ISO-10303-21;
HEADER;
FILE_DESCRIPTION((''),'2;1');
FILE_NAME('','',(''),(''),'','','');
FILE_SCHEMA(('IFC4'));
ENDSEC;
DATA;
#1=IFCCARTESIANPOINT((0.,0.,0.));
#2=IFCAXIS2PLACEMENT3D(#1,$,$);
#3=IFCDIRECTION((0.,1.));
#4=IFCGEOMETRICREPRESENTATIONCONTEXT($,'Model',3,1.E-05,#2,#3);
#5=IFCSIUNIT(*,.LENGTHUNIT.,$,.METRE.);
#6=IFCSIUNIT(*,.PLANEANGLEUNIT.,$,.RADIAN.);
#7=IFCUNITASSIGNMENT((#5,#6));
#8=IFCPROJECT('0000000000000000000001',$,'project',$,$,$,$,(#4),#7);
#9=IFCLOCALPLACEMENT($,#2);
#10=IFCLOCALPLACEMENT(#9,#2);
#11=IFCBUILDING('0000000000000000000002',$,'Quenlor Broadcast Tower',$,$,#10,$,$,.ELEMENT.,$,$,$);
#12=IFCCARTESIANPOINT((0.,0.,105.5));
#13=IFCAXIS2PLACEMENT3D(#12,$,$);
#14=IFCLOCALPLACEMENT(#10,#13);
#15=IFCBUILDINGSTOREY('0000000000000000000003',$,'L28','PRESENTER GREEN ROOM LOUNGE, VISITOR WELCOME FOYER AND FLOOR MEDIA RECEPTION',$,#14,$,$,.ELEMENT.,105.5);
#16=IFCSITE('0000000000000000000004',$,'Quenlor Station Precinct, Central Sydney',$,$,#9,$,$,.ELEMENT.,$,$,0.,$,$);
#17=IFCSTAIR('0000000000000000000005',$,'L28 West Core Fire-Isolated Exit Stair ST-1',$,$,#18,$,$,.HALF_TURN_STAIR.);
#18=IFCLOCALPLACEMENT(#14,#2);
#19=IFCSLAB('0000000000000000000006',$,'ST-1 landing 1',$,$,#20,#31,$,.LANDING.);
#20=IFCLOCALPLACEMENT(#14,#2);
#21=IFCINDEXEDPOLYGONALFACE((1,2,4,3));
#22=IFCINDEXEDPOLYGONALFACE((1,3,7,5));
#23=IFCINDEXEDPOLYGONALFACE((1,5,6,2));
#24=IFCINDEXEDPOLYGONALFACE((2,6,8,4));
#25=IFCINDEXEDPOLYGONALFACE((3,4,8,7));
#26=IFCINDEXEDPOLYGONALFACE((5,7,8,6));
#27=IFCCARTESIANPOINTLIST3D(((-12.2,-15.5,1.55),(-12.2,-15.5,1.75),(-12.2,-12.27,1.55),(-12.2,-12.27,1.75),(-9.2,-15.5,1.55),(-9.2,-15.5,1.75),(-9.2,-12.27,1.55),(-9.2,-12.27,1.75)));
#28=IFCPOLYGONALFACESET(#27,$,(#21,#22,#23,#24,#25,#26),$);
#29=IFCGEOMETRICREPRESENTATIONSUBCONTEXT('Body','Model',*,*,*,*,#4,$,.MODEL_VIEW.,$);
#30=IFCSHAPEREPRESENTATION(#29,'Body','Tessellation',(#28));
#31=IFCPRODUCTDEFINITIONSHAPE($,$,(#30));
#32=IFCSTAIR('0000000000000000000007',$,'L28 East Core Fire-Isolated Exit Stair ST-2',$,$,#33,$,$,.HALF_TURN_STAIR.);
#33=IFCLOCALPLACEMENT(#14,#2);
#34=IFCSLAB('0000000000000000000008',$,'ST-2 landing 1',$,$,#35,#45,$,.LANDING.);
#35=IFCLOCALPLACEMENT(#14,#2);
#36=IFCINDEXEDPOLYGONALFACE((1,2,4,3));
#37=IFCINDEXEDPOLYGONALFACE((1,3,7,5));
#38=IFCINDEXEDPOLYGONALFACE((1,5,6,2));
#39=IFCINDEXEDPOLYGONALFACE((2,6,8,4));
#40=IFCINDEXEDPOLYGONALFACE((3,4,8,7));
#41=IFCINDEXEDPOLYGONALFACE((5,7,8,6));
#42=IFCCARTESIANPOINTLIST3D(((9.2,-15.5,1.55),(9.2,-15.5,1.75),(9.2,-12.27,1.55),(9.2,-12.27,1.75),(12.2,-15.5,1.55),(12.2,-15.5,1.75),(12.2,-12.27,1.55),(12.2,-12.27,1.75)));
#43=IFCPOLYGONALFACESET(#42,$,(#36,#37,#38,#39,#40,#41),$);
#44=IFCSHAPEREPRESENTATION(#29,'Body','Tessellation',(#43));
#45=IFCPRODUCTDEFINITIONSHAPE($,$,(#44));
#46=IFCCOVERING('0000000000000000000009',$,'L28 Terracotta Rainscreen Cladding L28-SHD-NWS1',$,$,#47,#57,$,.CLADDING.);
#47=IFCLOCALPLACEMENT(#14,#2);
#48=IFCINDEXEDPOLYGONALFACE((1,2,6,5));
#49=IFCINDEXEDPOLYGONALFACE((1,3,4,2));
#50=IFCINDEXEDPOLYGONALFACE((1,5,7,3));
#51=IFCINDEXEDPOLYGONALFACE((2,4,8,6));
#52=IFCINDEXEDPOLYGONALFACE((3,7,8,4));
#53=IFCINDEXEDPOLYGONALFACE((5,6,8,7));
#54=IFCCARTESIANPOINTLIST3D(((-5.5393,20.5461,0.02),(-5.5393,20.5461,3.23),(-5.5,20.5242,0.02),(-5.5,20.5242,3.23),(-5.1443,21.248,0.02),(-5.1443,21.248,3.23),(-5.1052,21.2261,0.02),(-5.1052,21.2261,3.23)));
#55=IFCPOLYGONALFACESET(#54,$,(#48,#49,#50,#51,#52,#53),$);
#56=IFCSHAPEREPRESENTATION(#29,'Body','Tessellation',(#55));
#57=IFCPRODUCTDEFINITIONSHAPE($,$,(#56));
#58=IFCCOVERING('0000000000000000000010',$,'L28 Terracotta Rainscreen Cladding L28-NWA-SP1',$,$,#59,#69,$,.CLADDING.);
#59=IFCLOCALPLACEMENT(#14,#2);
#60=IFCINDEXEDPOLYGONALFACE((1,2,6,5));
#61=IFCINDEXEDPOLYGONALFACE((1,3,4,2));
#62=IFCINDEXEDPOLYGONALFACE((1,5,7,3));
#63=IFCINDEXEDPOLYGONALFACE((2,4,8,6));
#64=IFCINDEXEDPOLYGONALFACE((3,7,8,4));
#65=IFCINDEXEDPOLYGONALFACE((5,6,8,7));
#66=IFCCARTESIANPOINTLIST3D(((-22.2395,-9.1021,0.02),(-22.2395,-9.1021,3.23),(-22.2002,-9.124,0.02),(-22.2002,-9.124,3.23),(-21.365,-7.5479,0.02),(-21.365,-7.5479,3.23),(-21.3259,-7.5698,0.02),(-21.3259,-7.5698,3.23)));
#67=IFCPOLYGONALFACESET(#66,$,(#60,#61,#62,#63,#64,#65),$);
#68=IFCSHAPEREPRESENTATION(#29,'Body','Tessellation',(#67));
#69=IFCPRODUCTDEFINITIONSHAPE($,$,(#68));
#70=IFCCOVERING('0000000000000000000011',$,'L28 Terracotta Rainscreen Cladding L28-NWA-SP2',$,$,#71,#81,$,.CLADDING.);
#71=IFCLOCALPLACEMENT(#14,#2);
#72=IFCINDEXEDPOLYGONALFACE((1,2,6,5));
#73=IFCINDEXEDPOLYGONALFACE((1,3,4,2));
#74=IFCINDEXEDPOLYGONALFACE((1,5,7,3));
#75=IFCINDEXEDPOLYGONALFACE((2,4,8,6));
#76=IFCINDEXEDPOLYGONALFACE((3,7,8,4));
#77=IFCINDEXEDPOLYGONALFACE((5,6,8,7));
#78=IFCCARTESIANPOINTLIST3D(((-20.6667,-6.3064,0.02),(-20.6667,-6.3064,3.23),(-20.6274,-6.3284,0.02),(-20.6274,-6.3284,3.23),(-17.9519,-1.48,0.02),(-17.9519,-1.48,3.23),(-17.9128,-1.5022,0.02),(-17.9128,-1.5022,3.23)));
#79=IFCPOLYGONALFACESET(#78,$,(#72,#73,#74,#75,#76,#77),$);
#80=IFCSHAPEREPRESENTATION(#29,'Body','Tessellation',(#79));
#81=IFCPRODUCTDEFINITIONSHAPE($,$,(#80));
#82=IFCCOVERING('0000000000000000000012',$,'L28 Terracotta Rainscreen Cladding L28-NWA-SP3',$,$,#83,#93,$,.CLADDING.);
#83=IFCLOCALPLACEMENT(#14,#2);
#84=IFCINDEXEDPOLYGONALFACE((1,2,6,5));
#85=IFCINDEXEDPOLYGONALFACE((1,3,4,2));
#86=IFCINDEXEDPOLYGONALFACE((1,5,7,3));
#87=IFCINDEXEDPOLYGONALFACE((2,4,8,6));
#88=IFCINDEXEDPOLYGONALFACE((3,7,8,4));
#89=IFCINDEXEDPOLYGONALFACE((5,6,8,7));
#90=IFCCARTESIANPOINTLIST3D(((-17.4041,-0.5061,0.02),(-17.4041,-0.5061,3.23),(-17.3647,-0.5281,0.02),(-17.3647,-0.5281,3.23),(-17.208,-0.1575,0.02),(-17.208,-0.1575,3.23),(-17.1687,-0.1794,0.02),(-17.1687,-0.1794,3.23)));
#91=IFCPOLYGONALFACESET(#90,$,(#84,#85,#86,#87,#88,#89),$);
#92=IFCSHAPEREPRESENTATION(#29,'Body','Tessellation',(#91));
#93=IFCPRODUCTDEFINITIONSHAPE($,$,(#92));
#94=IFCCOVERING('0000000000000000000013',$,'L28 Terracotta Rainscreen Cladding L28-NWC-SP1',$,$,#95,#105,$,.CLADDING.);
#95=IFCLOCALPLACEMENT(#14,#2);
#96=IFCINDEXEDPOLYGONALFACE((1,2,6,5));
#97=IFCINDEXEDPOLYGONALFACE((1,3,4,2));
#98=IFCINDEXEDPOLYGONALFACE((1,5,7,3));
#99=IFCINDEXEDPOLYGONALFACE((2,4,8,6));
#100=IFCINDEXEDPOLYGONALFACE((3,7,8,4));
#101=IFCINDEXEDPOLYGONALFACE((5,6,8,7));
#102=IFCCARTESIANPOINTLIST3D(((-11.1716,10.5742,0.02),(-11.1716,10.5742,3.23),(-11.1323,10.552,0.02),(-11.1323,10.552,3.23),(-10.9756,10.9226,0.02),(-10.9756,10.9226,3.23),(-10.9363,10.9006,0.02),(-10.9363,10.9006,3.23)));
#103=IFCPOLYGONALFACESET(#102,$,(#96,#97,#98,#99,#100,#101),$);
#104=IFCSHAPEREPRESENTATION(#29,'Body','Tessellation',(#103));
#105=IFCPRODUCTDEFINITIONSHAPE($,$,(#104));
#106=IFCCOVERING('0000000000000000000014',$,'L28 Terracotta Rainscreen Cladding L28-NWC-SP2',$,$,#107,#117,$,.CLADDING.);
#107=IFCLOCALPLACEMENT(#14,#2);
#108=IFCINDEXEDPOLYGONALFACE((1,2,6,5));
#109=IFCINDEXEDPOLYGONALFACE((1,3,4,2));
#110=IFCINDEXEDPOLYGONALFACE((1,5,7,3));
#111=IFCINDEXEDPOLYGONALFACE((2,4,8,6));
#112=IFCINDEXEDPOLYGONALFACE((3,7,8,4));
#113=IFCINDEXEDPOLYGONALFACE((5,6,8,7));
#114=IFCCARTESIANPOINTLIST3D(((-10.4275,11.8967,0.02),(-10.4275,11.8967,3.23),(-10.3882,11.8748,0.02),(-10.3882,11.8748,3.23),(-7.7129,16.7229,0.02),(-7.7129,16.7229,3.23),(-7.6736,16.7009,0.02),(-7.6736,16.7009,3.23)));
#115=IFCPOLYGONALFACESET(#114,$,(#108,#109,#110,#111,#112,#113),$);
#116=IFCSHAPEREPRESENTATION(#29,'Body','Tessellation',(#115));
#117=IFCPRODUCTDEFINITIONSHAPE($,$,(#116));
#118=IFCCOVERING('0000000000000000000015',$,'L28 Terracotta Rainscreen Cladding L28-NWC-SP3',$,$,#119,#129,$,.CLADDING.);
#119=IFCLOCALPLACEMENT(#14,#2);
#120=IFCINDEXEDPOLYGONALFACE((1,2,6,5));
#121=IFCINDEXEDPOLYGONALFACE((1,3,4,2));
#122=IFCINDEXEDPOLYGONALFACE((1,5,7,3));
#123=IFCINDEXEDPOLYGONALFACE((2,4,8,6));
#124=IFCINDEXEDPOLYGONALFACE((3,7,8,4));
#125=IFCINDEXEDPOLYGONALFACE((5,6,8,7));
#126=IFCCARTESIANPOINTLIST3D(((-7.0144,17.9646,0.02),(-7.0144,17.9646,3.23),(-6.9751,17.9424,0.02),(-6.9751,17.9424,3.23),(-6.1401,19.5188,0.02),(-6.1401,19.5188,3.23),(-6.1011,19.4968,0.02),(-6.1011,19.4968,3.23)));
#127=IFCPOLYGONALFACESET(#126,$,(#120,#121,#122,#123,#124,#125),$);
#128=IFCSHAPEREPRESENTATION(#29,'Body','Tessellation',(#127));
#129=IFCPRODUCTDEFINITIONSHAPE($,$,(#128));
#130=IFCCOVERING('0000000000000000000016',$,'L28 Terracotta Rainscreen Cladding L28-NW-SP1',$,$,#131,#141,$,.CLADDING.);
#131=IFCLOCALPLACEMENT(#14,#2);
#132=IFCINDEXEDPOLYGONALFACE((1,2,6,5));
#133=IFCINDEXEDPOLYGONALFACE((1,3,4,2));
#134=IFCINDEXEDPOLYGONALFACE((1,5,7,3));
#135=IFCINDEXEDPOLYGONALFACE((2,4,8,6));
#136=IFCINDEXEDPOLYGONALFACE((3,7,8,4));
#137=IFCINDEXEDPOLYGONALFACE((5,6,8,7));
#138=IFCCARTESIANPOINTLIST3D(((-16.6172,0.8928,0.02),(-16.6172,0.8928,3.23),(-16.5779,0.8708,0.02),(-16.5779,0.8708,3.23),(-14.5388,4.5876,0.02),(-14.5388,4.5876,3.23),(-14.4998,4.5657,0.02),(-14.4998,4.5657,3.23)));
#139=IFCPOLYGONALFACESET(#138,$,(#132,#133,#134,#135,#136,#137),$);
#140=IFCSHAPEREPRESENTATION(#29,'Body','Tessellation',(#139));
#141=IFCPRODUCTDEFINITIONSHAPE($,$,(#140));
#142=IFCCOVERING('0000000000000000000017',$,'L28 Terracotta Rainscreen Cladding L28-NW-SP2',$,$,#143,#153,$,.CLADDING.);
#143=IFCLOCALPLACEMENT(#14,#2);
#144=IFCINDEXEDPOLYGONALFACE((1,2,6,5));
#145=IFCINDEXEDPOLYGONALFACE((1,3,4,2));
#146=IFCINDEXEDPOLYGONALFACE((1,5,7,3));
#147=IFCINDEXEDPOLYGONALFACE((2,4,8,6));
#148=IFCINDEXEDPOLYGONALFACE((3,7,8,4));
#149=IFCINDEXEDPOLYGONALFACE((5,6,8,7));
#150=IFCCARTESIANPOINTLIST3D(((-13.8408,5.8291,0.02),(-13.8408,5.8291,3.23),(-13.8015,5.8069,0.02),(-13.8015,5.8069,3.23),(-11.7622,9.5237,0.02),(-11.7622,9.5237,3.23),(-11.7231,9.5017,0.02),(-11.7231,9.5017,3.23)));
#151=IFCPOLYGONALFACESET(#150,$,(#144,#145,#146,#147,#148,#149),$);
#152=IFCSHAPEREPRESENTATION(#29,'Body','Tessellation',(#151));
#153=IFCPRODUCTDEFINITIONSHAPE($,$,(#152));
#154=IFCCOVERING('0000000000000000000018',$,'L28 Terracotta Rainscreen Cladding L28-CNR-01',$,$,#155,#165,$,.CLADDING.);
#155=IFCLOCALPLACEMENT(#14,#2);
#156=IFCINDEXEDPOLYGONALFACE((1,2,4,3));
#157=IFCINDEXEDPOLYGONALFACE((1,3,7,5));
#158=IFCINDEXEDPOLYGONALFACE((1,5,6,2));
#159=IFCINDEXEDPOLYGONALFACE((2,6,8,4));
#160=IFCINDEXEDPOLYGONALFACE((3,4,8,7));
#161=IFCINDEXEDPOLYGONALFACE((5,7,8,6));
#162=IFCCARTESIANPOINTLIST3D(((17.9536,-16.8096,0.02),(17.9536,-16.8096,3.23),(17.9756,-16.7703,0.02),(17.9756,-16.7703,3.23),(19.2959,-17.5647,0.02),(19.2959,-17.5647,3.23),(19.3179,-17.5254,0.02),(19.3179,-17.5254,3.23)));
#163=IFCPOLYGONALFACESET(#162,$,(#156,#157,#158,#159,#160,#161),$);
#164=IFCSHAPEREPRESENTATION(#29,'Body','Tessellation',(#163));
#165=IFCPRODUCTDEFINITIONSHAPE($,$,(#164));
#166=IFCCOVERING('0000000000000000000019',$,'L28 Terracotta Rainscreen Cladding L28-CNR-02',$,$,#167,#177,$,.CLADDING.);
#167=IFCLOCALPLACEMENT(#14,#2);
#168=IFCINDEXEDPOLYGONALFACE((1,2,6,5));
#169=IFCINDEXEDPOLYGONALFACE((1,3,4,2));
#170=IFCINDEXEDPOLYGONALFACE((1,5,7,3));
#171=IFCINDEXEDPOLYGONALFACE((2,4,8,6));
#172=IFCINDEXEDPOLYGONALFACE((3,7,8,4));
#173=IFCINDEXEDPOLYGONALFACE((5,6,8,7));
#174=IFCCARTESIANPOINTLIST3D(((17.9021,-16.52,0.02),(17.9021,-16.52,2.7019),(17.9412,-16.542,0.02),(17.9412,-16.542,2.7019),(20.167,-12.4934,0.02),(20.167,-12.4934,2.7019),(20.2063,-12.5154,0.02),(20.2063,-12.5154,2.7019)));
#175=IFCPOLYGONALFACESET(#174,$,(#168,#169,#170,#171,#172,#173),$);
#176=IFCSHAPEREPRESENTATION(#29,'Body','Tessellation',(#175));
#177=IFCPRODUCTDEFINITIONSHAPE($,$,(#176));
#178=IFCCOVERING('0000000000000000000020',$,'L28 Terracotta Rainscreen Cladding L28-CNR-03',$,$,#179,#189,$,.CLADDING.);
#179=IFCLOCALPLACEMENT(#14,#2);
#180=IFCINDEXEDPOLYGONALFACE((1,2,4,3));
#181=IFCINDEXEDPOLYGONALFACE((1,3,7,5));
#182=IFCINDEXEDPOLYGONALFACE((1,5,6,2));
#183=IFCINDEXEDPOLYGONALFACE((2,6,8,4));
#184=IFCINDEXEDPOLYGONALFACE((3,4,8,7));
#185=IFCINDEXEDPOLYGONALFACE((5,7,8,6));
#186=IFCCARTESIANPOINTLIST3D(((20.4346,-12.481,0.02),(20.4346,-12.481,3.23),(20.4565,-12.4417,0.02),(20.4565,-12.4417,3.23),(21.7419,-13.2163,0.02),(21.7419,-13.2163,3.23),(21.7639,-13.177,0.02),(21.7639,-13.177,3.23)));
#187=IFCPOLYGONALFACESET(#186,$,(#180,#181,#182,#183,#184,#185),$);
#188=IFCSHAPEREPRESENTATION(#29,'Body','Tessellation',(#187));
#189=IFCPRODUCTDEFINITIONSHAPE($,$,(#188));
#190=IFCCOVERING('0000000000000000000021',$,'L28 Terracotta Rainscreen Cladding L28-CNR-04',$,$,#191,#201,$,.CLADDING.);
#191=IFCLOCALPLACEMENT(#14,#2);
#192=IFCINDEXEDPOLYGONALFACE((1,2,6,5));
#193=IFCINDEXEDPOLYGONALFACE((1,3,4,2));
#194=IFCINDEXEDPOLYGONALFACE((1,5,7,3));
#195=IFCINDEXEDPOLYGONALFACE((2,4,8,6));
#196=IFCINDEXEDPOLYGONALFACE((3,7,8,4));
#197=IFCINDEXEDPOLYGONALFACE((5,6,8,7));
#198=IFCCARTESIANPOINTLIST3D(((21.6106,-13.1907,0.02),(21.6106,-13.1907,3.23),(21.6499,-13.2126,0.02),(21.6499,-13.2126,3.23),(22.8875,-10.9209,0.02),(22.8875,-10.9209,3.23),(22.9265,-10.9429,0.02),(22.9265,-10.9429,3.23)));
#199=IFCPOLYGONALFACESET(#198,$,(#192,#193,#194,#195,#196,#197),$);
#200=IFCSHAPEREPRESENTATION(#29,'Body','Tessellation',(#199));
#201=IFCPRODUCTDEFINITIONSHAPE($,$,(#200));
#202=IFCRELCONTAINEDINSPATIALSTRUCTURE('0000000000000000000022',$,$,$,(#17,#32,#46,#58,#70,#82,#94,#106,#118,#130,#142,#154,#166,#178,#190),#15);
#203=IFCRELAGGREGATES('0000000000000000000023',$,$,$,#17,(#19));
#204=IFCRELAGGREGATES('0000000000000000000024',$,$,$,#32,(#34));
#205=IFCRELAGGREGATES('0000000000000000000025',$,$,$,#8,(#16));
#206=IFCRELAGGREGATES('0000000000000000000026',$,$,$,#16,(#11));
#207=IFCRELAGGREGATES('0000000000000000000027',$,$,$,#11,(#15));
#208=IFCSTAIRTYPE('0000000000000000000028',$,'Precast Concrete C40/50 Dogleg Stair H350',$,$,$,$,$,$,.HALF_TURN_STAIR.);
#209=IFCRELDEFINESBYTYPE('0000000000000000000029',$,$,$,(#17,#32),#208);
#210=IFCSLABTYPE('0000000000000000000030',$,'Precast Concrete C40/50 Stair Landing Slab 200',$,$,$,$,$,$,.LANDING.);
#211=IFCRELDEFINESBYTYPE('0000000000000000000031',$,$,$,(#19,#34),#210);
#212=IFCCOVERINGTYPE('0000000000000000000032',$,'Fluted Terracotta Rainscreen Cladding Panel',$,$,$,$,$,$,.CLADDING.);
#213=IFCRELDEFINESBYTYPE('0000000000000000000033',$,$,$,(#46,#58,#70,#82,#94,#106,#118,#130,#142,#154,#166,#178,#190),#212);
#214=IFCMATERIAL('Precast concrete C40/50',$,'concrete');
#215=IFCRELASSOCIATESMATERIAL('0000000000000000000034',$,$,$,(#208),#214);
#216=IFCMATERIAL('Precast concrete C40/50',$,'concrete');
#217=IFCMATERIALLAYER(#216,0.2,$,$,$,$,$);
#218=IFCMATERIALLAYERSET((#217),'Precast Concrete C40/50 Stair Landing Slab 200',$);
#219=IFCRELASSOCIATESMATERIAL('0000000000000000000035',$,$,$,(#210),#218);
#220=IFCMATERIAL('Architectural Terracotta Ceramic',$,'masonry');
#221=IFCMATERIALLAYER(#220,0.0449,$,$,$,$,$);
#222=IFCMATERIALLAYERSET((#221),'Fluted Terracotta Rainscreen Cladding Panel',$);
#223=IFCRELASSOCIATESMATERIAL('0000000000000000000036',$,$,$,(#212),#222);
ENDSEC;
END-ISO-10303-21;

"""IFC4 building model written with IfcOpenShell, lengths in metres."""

from ifc_helpers import new_model, si_unit, direction, frame, origin, place, context, subcontext, project, spatial, polyline, outline, extrude, material, layer, layer_set, type_object, element, aggregate, save


model = new_model("IFC4")

# Units and contexts
model_context = context("Model", 3, precision=1e-05, world=origin(), true_north=direction((0.0, 1.0)))
body_context = subcontext(model_context, "Body", "Model", "MODEL_VIEW")
ifc_project = project(units=[si_unit("LENGTHUNIT", "METRE"), si_unit("PLANEANGLEUNIT", "RADIAN")], contexts=[model_context])

# Site, building, storey
site_placement = place(None, origin())
site = spatial("IfcSite", under=ifc_project, at=site_placement, Name="Quenlor Station Precinct, Central Sydney", CompositionType="ELEMENT", RefElevation=0.0)
building_placement = place(site_placement, origin())
building = spatial("IfcBuilding", under=site, at=building_placement, Name="Quenlor Broadcast Tower", CompositionType="ELEMENT")
storey_placement = place(building_placement, frame((0.0, 0.0, 105.5)))
storey = spatial("IfcBuildingStorey", under=building, at=storey_placement, Name="L28", Description="PRESENTER GREEN ROOM LOUNGE, VISITOR WELCOME FOYER AND FLOOR MEDIA RECEPTION", CompositionType="ELEMENT", Elevation=105.5)

# Stairs, slabs
ifc_material_1 = material(Name="Precast concrete C40/50", Category="concrete")
stair_type = type_object("IfcStairType", Name="Precast Concrete C40/50 Dogleg Stair H350", PredefinedType="HALF_TURN_STAIR", material=ifc_material_1)
stair_1_placement = place(storey_placement, origin())
stair_1 = element("IfcStair", 1, at=stair_1_placement, inside=storey, type_object=stair_type, Name="L28 West Core Fire-Isolated Exit Stair ST-1", PredefinedType="HALF_TURN_STAIR")
ifc_material_2 = material(Name="Precast concrete C40/50", Category="concrete")
ifc_layer_1 = layer(ifc_material_2, 0.2)
ifc_layer_set_1 = layer_set([ifc_layer_1], Name="Precast Concrete C40/50 Stair Landing Slab 200")
slab_type = type_object("IfcSlabType", Name="Precast Concrete C40/50 Stair Landing Slab 200", PredefinedType="LANDING", material=ifc_layer_set_1)
slab_1_placement = place(storey_placement, frame((0.0, 0.0, 1.55)))
slab_1 = element("IfcSlab", 2, at=slab_1_placement, type_object=slab_type, Name="ST-1 landing 1", PredefinedType="LANDING", context=body_context, shape_type="SweptSolid", body=[
    extrude(outline(polyline([(-12.2, -12.27), (-12.2, -15.5), (-9.2, -15.5), (-9.2, -12.27), (-12.2, -12.27)])), origin(), (0.0, 0.0, 1.0), 0.2),
])
aggregate(stair_1, [slab_1])
stair_2_placement = place(storey_placement, origin())
stair_2 = element("IfcStair", 3, at=stair_2_placement, inside=storey, type_object=stair_type, Name="L28 East Core Fire-Isolated Exit Stair ST-2", PredefinedType="HALF_TURN_STAIR")
slab_2_placement = place(storey_placement, frame((0.0, 0.0, 1.55)))
slab_2 = element("IfcSlab", 4, at=slab_2_placement, type_object=slab_type, Name="ST-2 landing 1", PredefinedType="LANDING", context=body_context, shape_type="SweptSolid", body=[
    extrude(outline(polyline([(9.2, -12.27), (9.2, -15.5), (12.2, -15.5), (12.2, -12.27), (9.2, -12.27)])), origin(), (0.0, 0.0, 1.0), 0.2),
])
aggregate(stair_2, [slab_2])

# Coverings
ifc_material_3 = material(Name="Architectural Terracotta Ceramic", Category="masonry")
ifc_layer_2 = layer(ifc_material_3, 0.0449)
ifc_layer_set_2 = layer_set([ifc_layer_2], Name="Fluted Terracotta Rainscreen Cladding Panel")
covering_type = type_object("IfcCoveringType", Name="Fluted Terracotta Rainscreen Cladding Panel", PredefinedType="CLADDING", material=ifc_layer_set_2)
covering_1_placement = place(storey_placement, frame((0.0, 0.0, 0.02)))
element("IfcCovering", 5, at=covering_1_placement, inside=storey, type_object=covering_type, Name="L28 Terracotta Rainscreen Cladding L28-SHD-NWS1", PredefinedType="CLADDING", context=body_context, shape_type="SweptSolid", body=[
    extrude(outline(polyline([(-5.5, 20.5242), (-5.1052, 21.2261), (-5.1443, 21.248), (-5.5393, 20.5461), (-5.5, 20.5242)])), origin(), (0.0, 0.0, 1.0), 3.21),
])
covering_2_placement = place(storey_placement, frame((0.0, 0.0, 0.02)))
element("IfcCovering", 6, at=covering_2_placement, inside=storey, type_object=covering_type, Name="L28 Terracotta Rainscreen Cladding L28-NWA-SP1", PredefinedType="CLADDING", context=body_context, shape_type="SweptSolid", body=[
    extrude(outline(polyline([(-22.2002, -9.124), (-21.3259, -7.5698), (-21.365, -7.5479), (-22.2395, -9.1021), (-22.2002, -9.124)])), origin(), (0.0, 0.0, 1.0), 3.21),
])
covering_3_placement = place(storey_placement, frame((0.0, 0.0, 0.02)))
element("IfcCovering", 7, at=covering_3_placement, inside=storey, type_object=covering_type, Name="L28 Terracotta Rainscreen Cladding L28-NWA-SP2", PredefinedType="CLADDING", context=body_context, shape_type="SweptSolid", body=[
    extrude(outline(polyline([(-20.6274, -6.3284), (-17.9128, -1.5022), (-17.9519, -1.48), (-20.6667, -6.3064), (-20.6274, -6.3284)])), origin(), (0.0, 0.0, 1.0), 3.21),
])
covering_4_placement = place(storey_placement, frame((0.0, 0.0, 0.02)))
element("IfcCovering", 8, at=covering_4_placement, inside=storey, type_object=covering_type, Name="L28 Terracotta Rainscreen Cladding L28-NWA-SP3", PredefinedType="CLADDING", context=body_context, shape_type="SweptSolid", body=[
    extrude(outline(polyline([(-17.3647, -0.5281), (-17.1687, -0.1794), (-17.208, -0.1575), (-17.4041, -0.5061), (-17.3647, -0.5281)])), origin(), (0.0, 0.0, 1.0), 3.21),
])
covering_5_placement = place(storey_placement, frame((0.0, 0.0, 0.02)))
element("IfcCovering", 9, at=covering_5_placement, inside=storey, type_object=covering_type, Name="L28 Terracotta Rainscreen Cladding L28-NWC-SP1", PredefinedType="CLADDING", context=body_context, shape_type="SweptSolid", body=[
    extrude(outline(polyline([(-11.1323, 10.552), (-10.9363, 10.9006), (-10.9756, 10.9226), (-11.1716, 10.5742), (-11.1323, 10.552)])), origin(), (0.0, 0.0, 1.0), 3.21),
])
covering_6_placement = place(storey_placement, frame((0.0, 0.0, 0.02)))
element("IfcCovering", 10, at=covering_6_placement, inside=storey, type_object=covering_type, Name="L28 Terracotta Rainscreen Cladding L28-NWC-SP2", PredefinedType="CLADDING", context=body_context, shape_type="SweptSolid", body=[
    extrude(outline(polyline([(-10.3882, 11.8748), (-7.6736, 16.7009), (-7.7129, 16.7229), (-10.4275, 11.8967), (-10.3882, 11.8748)])), origin(), (0.0, 0.0, 1.0), 3.21),
])
covering_7_placement = place(storey_placement, frame((0.0, 0.0, 0.02)))
element("IfcCovering", 11, at=covering_7_placement, inside=storey, type_object=covering_type, Name="L28 Terracotta Rainscreen Cladding L28-NWC-SP3", PredefinedType="CLADDING", context=body_context, shape_type="SweptSolid", body=[
    extrude(outline(polyline([(-6.9751, 17.9424), (-6.1011, 19.4968), (-6.1401, 19.5188), (-7.0144, 17.9646), (-6.9751, 17.9424)])), origin(), (0.0, 0.0, 1.0), 3.21),
])
covering_8_placement = place(storey_placement, frame((0.0, 0.0, 0.02)))
element("IfcCovering", 12, at=covering_8_placement, inside=storey, type_object=covering_type, Name="L28 Terracotta Rainscreen Cladding L28-NW-SP1", PredefinedType="CLADDING", context=body_context, shape_type="SweptSolid", body=[
    extrude(outline(polyline([(-16.5779, 0.8708), (-14.4998, 4.5657), (-14.5388, 4.5876), (-16.6172, 0.8928), (-16.5779, 0.8708)])), origin(), (0.0, 0.0, 1.0), 3.21),
])
covering_9_placement = place(storey_placement, frame((0.0, 0.0, 0.02)))
element("IfcCovering", 13, at=covering_9_placement, inside=storey, type_object=covering_type, Name="L28 Terracotta Rainscreen Cladding L28-NW-SP2", PredefinedType="CLADDING", context=body_context, shape_type="SweptSolid", body=[
    extrude(outline(polyline([(-13.8015, 5.8069), (-11.7231, 9.5017), (-11.7622, 9.5237), (-13.8408, 5.8291), (-13.8015, 5.8069)])), origin(), (0.0, 0.0, 1.0), 3.21),
])
covering_10_placement = place(storey_placement, frame((0.0, 0.0, 0.02)))
element("IfcCovering", 14, at=covering_10_placement, inside=storey, type_object=covering_type, Name="L28 Terracotta Rainscreen Cladding L28-CNR-01", PredefinedType="CLADDING", context=body_context, shape_type="SweptSolid", body=[
    extrude(outline(polyline([(19.3179, -17.5254), (17.9756, -16.7703), (17.9536, -16.8096), (19.2959, -17.5647), (19.3179, -17.5254)])), origin(), (0.0, 0.0, 1.0), 3.21),
])
covering_11_placement = place(storey_placement, frame((0.0, 0.0, 0.02)))
element("IfcCovering", 15, at=covering_11_placement, inside=storey, type_object=covering_type, Name="L28 Terracotta Rainscreen Cladding L28-CNR-02", PredefinedType="CLADDING", context=body_context, shape_type="SweptSolid", body=[
    extrude(outline(polyline([(17.9412, -16.542), (20.2063, -12.5154), (20.167, -12.4934), (17.9021, -16.52), (17.9412, -16.542)])), origin(), (0.0, 0.0, 1.0), 2.6819),
])
covering_12_placement = place(storey_placement, frame((0.0, 0.0, 0.02)))
element("IfcCovering", 16, at=covering_12_placement, inside=storey, type_object=covering_type, Name="L28 Terracotta Rainscreen Cladding L28-CNR-03", PredefinedType="CLADDING", context=body_context, shape_type="SweptSolid", body=[
    extrude(outline(polyline([(20.4346, -12.481), (21.7419, -13.2163), (21.7639, -13.177), (20.4565, -12.4417), (20.4346, -12.481)])), origin(), (0.0, 0.0, 1.0), 3.21),
])
covering_13_placement = place(storey_placement, frame((0.0, 0.0, 0.02)))
element("IfcCovering", 17, at=covering_13_placement, inside=storey, type_object=covering_type, Name="L28 Terracotta Rainscreen Cladding L28-CNR-04", PredefinedType="CLADDING", context=body_context, shape_type="SweptSolid", body=[
    extrude(outline(polyline([(21.6499, -13.2126), (22.9265, -10.9429), (22.8875, -10.9209), (21.6106, -13.1907), (21.6499, -13.2126)])), origin(), (0.0, 0.0, 1.0), 3.21),
])

save(model, "model.ifc")
